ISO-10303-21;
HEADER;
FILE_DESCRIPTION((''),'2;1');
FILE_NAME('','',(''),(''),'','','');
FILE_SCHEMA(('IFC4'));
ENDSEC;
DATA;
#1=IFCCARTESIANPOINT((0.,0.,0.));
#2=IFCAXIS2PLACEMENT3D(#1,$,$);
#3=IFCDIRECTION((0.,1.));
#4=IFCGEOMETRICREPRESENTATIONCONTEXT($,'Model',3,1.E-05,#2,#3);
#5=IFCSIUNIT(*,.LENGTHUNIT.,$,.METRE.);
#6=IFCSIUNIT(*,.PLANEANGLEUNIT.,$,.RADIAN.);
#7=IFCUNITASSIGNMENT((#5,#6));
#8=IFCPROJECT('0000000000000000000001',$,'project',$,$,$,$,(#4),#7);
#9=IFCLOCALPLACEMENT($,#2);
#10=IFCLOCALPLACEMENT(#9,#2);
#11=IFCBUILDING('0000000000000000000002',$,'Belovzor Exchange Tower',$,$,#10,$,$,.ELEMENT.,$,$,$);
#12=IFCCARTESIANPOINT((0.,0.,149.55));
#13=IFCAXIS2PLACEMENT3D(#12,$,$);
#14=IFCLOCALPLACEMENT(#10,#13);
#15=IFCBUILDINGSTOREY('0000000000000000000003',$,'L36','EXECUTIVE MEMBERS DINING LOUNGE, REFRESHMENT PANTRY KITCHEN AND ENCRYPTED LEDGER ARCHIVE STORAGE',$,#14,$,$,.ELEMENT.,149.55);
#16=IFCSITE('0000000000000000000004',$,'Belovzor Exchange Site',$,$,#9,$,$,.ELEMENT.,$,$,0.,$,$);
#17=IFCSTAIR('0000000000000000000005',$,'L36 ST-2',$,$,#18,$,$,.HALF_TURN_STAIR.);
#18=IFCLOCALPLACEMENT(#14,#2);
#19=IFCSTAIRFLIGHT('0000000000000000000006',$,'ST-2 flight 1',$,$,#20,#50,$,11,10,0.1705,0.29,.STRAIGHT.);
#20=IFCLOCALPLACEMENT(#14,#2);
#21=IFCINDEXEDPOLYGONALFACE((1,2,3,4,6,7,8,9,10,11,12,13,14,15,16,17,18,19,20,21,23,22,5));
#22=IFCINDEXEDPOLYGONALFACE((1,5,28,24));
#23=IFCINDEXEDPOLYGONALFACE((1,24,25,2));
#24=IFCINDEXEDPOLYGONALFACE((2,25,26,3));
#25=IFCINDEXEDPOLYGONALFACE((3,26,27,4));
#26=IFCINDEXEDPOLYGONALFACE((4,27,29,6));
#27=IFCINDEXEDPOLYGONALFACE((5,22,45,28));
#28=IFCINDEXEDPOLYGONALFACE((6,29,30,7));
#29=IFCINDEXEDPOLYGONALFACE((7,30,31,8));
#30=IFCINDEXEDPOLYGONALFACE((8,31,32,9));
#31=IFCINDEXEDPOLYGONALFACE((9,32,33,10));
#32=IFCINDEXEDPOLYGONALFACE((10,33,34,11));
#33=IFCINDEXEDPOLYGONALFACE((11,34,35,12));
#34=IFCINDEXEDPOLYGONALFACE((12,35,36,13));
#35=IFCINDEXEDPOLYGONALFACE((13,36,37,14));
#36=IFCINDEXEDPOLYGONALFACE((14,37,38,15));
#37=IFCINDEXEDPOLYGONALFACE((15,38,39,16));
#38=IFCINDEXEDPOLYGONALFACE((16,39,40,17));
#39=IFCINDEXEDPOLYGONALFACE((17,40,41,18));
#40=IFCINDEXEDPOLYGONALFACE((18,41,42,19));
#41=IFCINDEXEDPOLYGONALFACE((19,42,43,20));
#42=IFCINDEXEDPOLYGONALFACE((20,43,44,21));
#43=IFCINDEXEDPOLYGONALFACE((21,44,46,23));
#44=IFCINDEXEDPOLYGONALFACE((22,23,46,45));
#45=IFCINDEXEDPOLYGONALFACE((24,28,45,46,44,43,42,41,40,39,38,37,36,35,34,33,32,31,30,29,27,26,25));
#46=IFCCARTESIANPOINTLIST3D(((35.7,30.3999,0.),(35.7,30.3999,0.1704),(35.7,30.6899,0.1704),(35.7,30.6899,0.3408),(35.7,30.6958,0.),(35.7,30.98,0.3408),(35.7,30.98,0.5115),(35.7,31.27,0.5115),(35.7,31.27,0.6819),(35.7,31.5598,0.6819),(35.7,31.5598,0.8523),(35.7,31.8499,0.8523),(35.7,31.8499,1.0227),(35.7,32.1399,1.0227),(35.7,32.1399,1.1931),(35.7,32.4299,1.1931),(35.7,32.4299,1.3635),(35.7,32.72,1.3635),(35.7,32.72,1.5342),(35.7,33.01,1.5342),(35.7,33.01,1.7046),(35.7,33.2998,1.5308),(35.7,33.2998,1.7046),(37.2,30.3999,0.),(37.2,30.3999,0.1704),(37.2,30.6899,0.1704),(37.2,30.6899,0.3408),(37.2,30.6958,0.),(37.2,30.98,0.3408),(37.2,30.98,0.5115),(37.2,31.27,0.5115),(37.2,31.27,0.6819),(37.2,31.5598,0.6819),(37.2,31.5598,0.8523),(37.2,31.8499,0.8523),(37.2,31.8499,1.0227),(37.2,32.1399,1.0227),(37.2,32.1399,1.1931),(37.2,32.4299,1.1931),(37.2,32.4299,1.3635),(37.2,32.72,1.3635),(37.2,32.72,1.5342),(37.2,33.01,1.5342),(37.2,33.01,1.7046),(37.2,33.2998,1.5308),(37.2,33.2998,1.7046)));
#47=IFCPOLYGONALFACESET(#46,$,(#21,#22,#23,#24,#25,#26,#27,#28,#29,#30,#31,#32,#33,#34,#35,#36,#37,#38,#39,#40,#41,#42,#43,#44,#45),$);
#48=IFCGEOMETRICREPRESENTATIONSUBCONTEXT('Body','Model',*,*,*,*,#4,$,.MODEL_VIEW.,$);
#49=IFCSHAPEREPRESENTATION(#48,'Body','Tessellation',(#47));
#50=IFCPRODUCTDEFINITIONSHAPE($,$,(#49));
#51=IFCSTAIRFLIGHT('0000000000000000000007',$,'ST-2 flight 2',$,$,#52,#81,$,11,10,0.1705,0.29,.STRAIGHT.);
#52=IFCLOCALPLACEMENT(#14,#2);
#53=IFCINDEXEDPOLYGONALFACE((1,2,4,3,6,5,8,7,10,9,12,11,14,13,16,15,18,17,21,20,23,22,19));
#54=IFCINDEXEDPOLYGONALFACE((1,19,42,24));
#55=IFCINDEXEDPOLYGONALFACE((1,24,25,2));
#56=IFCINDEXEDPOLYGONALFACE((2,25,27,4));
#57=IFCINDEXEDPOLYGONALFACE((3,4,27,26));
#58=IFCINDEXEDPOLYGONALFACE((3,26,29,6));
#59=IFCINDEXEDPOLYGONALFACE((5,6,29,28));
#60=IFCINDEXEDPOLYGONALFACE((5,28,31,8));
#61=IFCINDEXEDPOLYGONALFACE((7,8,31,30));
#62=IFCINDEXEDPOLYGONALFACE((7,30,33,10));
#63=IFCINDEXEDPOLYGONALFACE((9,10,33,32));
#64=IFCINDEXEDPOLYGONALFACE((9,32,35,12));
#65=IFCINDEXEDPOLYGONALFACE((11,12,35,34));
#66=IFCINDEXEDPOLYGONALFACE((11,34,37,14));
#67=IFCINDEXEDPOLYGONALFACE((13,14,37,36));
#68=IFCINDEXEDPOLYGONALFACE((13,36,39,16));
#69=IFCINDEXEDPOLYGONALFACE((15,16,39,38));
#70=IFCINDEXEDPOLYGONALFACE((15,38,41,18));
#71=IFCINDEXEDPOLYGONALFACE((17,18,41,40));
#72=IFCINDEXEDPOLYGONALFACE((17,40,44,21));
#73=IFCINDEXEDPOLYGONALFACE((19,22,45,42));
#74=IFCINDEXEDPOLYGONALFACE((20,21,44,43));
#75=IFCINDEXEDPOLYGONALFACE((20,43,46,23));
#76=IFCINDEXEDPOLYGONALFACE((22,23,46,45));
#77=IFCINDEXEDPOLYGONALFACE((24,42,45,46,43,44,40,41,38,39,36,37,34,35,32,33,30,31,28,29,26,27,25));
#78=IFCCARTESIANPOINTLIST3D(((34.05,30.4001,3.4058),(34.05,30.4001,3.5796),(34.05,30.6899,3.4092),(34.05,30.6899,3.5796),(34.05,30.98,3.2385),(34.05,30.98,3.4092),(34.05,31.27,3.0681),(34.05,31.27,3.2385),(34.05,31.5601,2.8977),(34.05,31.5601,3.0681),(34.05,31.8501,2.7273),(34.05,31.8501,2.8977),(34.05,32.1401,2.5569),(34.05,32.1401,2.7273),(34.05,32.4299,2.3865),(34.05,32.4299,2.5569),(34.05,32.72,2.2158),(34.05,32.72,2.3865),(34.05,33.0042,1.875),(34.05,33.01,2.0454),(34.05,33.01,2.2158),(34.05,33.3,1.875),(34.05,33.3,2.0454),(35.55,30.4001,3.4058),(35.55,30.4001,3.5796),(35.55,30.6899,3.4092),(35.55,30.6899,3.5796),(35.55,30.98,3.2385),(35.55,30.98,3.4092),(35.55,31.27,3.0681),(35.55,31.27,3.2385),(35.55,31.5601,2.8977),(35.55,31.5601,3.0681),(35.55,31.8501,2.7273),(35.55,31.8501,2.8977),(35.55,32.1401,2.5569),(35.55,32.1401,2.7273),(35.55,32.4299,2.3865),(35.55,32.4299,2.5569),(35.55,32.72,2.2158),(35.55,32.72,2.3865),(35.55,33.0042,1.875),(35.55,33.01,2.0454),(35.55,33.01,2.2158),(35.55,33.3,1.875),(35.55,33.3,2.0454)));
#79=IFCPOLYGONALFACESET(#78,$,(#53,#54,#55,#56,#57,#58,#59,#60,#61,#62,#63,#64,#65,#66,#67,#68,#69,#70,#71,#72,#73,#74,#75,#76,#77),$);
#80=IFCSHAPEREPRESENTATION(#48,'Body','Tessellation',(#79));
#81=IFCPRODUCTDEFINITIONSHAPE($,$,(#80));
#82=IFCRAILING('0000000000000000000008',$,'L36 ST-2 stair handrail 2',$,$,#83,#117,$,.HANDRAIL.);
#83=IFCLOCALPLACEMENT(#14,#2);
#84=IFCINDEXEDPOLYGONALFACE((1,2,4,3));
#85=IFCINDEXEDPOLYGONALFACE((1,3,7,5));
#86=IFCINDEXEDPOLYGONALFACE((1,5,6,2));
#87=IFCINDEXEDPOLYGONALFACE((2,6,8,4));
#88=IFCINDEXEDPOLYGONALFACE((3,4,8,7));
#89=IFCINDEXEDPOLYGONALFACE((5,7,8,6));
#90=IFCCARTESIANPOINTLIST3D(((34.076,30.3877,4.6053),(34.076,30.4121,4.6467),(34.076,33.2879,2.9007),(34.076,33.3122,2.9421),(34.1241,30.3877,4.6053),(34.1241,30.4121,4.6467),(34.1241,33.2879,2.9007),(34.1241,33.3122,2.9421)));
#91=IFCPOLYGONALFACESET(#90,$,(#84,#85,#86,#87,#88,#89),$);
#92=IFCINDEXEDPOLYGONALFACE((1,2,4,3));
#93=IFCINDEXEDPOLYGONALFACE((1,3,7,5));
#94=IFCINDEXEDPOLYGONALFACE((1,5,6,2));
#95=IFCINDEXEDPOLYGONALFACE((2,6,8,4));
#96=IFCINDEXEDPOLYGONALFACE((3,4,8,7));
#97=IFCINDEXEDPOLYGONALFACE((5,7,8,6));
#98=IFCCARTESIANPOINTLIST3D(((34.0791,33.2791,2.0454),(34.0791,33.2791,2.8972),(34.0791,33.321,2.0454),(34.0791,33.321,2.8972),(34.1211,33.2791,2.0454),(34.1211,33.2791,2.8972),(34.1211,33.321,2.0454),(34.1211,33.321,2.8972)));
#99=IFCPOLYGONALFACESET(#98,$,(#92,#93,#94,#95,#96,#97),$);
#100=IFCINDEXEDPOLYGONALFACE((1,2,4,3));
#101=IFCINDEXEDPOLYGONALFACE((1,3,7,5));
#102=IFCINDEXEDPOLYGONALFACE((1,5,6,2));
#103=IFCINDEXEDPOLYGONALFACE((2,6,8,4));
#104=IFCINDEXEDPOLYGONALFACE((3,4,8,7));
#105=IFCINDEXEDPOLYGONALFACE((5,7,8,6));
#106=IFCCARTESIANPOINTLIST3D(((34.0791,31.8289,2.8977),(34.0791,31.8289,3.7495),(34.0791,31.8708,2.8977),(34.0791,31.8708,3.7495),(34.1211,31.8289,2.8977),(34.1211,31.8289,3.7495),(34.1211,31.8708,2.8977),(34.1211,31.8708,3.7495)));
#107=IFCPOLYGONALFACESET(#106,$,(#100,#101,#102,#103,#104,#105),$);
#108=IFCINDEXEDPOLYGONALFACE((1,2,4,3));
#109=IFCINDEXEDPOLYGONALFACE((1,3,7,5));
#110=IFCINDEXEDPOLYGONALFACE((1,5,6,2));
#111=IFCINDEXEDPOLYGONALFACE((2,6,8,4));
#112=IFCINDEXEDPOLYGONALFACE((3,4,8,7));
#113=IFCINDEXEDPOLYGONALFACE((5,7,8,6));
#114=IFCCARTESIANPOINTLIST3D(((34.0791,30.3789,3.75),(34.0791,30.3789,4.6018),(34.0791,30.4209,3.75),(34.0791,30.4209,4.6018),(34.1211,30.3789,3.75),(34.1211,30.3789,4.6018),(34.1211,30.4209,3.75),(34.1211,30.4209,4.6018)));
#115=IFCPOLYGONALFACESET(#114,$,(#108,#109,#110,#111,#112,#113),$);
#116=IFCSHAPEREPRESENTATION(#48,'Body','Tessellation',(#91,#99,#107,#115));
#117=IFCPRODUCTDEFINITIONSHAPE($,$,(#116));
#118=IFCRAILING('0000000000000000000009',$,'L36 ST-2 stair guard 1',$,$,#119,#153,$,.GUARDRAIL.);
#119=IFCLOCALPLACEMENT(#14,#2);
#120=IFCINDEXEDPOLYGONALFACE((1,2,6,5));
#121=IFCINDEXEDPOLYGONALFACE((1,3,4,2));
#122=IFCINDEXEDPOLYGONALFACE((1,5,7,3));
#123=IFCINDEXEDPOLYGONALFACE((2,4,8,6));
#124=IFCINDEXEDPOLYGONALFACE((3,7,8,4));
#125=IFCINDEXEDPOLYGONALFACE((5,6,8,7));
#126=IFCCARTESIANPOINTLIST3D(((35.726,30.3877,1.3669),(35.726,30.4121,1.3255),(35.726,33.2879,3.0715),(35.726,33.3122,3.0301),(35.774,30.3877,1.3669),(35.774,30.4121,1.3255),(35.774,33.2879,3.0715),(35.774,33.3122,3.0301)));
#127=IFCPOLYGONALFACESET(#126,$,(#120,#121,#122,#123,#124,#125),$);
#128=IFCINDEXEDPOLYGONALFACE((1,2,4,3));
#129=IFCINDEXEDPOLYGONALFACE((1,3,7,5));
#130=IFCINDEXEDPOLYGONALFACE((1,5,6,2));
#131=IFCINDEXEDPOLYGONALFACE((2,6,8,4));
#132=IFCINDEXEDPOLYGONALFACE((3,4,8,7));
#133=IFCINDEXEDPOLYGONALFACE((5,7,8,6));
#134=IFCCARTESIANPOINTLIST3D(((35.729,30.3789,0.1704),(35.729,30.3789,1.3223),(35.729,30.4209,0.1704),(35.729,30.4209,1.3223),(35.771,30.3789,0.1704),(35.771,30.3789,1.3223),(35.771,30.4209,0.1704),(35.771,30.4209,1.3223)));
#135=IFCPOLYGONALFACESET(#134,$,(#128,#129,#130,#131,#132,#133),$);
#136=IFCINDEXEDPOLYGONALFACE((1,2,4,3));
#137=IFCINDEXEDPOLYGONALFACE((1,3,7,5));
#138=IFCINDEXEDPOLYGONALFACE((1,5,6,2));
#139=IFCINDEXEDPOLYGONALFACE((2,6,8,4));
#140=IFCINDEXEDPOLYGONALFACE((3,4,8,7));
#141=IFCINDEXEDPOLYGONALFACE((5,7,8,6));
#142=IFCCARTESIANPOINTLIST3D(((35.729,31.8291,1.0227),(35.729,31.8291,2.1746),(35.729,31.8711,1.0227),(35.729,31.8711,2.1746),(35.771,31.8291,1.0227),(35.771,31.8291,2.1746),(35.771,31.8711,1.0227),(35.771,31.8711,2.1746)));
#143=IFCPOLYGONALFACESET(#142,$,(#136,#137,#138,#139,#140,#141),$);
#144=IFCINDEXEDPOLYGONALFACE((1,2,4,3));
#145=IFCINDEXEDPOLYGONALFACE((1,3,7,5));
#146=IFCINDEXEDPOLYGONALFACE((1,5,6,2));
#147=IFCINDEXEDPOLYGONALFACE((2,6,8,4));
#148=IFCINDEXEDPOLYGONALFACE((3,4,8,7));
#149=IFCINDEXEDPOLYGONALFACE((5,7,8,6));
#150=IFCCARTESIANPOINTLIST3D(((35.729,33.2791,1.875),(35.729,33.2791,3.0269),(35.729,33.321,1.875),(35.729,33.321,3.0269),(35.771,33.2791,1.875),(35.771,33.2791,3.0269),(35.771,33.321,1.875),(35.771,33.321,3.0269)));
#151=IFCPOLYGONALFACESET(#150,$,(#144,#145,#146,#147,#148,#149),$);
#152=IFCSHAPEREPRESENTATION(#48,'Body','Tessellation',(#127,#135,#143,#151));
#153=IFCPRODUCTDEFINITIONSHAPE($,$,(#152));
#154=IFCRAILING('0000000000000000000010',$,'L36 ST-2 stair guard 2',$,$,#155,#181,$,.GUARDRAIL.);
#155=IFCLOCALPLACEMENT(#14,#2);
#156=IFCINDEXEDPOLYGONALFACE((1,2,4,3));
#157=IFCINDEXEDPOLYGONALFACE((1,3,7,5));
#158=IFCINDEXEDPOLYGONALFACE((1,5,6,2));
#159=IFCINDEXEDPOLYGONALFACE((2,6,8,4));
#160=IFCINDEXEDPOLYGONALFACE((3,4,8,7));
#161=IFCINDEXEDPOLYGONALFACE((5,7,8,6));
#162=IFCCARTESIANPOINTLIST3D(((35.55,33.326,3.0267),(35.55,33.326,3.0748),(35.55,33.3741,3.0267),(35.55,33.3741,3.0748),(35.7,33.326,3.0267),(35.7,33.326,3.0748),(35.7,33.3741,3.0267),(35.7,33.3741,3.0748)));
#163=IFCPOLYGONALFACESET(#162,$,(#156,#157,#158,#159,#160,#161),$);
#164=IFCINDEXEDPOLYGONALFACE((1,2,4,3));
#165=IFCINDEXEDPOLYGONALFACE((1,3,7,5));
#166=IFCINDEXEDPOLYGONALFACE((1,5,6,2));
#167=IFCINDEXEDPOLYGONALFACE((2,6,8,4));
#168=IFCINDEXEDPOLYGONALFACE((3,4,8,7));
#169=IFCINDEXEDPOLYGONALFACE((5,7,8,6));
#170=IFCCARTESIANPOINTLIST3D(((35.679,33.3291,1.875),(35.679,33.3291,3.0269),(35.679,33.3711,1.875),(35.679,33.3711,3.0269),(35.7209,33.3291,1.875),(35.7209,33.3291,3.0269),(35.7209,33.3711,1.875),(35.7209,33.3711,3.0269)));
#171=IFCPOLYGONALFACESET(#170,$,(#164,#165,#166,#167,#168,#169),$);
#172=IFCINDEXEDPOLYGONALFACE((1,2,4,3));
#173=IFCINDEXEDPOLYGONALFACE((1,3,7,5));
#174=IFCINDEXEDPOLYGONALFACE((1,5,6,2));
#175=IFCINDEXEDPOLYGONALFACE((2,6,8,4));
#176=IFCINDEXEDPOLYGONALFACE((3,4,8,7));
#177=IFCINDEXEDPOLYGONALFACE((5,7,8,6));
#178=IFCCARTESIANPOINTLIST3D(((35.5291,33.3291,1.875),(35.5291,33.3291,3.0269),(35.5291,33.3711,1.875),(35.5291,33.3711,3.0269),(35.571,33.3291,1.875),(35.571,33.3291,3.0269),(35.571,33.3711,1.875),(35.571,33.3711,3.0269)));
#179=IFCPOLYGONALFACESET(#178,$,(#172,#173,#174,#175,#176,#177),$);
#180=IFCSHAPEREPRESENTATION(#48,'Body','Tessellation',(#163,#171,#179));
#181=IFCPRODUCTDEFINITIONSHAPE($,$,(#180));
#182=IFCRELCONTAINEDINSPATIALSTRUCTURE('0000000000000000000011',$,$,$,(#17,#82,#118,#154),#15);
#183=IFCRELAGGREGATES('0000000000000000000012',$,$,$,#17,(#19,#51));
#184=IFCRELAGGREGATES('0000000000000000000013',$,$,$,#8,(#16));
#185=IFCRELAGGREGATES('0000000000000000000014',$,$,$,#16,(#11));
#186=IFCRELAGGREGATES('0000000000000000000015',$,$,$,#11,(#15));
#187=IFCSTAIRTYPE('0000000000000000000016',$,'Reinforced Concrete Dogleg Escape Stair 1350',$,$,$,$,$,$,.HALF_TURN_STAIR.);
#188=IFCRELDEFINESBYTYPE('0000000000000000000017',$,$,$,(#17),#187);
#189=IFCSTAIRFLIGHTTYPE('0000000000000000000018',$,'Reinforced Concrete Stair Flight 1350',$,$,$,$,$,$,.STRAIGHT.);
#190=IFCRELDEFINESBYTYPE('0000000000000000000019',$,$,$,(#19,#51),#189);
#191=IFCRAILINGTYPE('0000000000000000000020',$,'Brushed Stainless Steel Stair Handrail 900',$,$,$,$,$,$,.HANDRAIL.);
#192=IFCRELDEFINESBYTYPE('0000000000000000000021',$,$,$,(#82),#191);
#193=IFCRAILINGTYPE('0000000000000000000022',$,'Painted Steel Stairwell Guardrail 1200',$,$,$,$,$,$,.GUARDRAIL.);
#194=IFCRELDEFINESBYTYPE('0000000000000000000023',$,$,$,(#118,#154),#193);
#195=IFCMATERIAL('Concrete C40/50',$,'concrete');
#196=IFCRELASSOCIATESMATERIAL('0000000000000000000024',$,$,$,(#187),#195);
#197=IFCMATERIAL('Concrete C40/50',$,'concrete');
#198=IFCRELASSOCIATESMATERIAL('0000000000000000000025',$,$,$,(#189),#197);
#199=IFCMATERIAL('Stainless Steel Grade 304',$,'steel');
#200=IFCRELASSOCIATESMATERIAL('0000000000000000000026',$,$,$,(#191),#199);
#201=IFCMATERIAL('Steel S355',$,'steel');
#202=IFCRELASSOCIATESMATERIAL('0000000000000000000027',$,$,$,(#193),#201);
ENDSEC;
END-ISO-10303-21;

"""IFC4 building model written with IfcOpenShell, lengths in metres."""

from ifc_helpers import new_model, si_unit, direction, frame, origin, origin_2d, place, context, subcontext, project, spatial, polyline, rectangle, outline, extrude, material, type_object, element, aggregate, save


model = new_model("IFC4")

# Units and contexts
model_context = context("Model", 3, precision=1e-05, world=origin(), true_north=direction((0.0, 1.0)))
body_context = subcontext(model_context, "Body", "Model", "MODEL_VIEW")
ifc_project = project(units=[si_unit("LENGTHUNIT", "METRE"), si_unit("PLANEANGLEUNIT", "RADIAN")], contexts=[model_context])

# Site, building, storey
site_placement = place(None, origin())
site = spatial("IfcSite", under=ifc_project, at=site_placement, Name="Belovzor Exchange Site", CompositionType="ELEMENT", RefElevation=0.0)
building_placement = place(site_placement, origin())
building = spatial("IfcBuilding", under=site, at=building_placement, Name="Belovzor Exchange Tower", CompositionType="ELEMENT")
storey_placement = place(building_placement, frame((0.0, 0.0, 149.55)))
storey = spatial("IfcBuildingStorey", under=building, at=storey_placement, Name="L36", Description="EXECUTIVE MEMBERS DINING LOUNGE, REFRESHMENT PANTRY KITCHEN AND ENCRYPTED LEDGER ARCHIVE STORAGE", CompositionType="ELEMENT", Elevation=149.55)

# Stair, stair flights
ifc_material_1 = material(Name="Concrete C40/50", Category="concrete")
stair_type = type_object("IfcStairType", Name="Reinforced Concrete Dogleg Escape Stair 1350", PredefinedType="HALF_TURN_STAIR", material=ifc_material_1)
stair_placement = place(storey_placement, origin())
stair = element("IfcStair", 1, at=stair_placement, inside=storey, type_object=stair_type, Name="L36 ST-2", PredefinedType="HALF_TURN_STAIR")
ifc_material_2 = material(Name="Concrete C40/50", Category="concrete")
stair_flight_type = type_object("IfcStairFlightType", Name="Reinforced Concrete Stair Flight 1350", PredefinedType="STRAIGHT", material=ifc_material_2)
stair_flight_1_placement = place(storey_placement, frame((36.45, 30.3999, 0.0), z_axis=(0.0, 0.0, 1.0), x_axis=(0.0, 1.0, 0.0)))
stair_flight_1 = element("IfcStairFlight", 2, at=stair_flight_1_placement, type_object=stair_flight_type, Name="ST-2 flight 1", NumberOfRisers=11, NumberOfTreads=10, PredefinedType="STRAIGHT", RiserHeight=0.1705, TreadLength=0.29, context=body_context, shape_type="SweptSolid", body=[
    extrude(outline(polyline([(0.0, 0.0), (0.0, 0.1704), (0.29, 0.1704), (0.29, 0.3408), (0.5801, 0.3408), (0.5801, 0.5115), (0.8701, 0.5115), (0.8701, 0.6819), (1.1599, 0.6819), (1.1599, 0.8523), (1.45, 0.8523), (1.45, 1.0227), (1.74, 1.0227), (1.74, 1.1931), (2.03, 1.1931), (2.03, 1.3635), (2.3201, 1.3635), (2.3201, 1.5342), (2.6101, 1.5342), (2.6101, 1.7046), (2.8999, 1.7046), (2.8999, 1.875), (2.8999, 1.5308), (0.2959, 0.0), (0.0, 0.0)])), frame((0.0, 0.75, 0.0), z_axis=(0.0, -1.0, 0.0), x_axis=(1.0, 0.0, 0.0)), (0.0, 0.0, 1.0), 1.5),
])
stair_flight_2_placement = place(storey_placement, frame((34.8, 33.3, 1.875), z_axis=(0.0, 0.0, 1.0), x_axis=(0.0, -1.0, 0.0)))
stair_flight_2 = element("IfcStairFlight", 3, at=stair_flight_2_placement, type_object=stair_flight_type, Name="ST-2 flight 2", NumberOfRisers=11, NumberOfTreads=10, PredefinedType="STRAIGHT", RiserHeight=0.1705, TreadLength=0.29, context=body_context, shape_type="SweptSolid", body=[
    extrude(outline(polyline([(0.0, 0.0), (0.0, 0.1704), (0.29, 0.1704), (0.29, 0.3408), (0.5801, 0.3408), (0.5801, 0.5115), (0.8701, 0.5115), (0.8701, 0.6819), (1.1599, 0.6819), (1.1599, 0.8523), (1.45, 0.8523), (1.45, 1.0227), (1.74, 1.0227), (1.74, 1.1931), (2.03, 1.1931), (2.03, 1.3635), (2.3201, 1.3635), (2.3201, 1.5342), (2.6101, 1.5342), (2.6101, 1.7046), (2.8999, 1.7046), (2.8999, 1.875), (2.8999, 1.5308), (0.2959, 0.0), (0.0, 0.0)])), frame((0.0, 0.75, 0.0), z_axis=(0.0, -1.0, 0.0), x_axis=(1.0, 0.0, 0.0)), (0.0, 0.0, 1.0), 1.5),
])
aggregate(stair, [stair_flight_1, stair_flight_2])

# Railings
ifc_material_3 = material(Name="Stainless Steel Grade 304", Category="steel")
railing_type_1 = type_object("IfcRailingType", Name="Brushed Stainless Steel Stair Handrail 900", PredefinedType="HANDRAIL", material=ifc_material_3)
railing_1_placement = place(storey_placement, frame((34.1001, 33.3, 2.0454)))
element("IfcRailing", 4, at=railing_1_placement, inside=storey, type_object=railing_type_1, Name="L36 ST-2 stair handrail 2", PredefinedType="HANDRAIL", context=body_context, shape_type="SweptSolid", body=[
    extrude(rectangle(XDim=0.0481, YDim=0.0481, at=origin_2d()), frame((0.0, 0.0, 0.876), z_axis=(0.0, -0.862113, 0.506716), x_axis=(1.0, 0.0, 0.0)), (0.0, 0.0, 1.0), 3.364),
    extrude(rectangle(XDim=0.042, YDim=0.042, at=origin_2d()), origin(), (0.0, 0.0, 1.0), 0.8518),
    extrude(rectangle(XDim=0.042, YDim=0.042, at=origin_2d()), frame((0.0, -1.4502, 0.8523)), (0.0, 0.0, 1.0), 0.8518),
    extrude(rectangle(XDim=0.042, YDim=0.042, at=origin_2d()), frame((0.0, -2.9001, 1.7046)), (0.0, 0.0, 1.0), 0.8518),
])
ifc_material_4 = material(Name="Steel S355", Category="steel")
railing_type_2 = type_object("IfcRailingType", Name="Painted Steel Stairwell Guardrail 1200", PredefinedType="GUARDRAIL", material=ifc_material_4)
railing_2_placement = place(storey_placement, frame((35.75, 30.3999, 0.1704)))
element("IfcRailing", 5, at=railing_2_placement, inside=storey, type_object=railing_type_2, Name="L36 ST-2 stair guard 1", PredefinedType="GUARDRAIL", context=body_context, shape_type="SweptSolid", body=[
    extrude(rectangle(XDim=0.0481, YDim=0.0481, at=origin_2d()), frame((0.0, 0.0, 1.1758), z_axis=(0.0, 0.862113, 0.506716), x_axis=(-1.0, 0.0, 0.0)), (0.0, 0.0, 1.0), 3.364),
    extrude(rectangle(XDim=0.042, YDim=0.042, at=origin_2d()), origin(), (0.0, 0.0, 1.0), 1.1519),
    extrude(rectangle(XDim=0.042, YDim=0.042, at=origin_2d()), frame((0.0, 1.4502, 0.8523)), (0.0, 0.0, 1.0), 1.1519),
    extrude(rectangle(XDim=0.042, YDim=0.042, at=origin_2d()), frame((0.0, 2.9001, 1.7046)), (0.0, 0.0, 1.0), 1.1519),
])
railing_3_placement = place(storey_placement, frame((35.7, 33.3501, 1.875)))
element("IfcRailing", 6, at=railing_3_placement, inside=storey, type_object=railing_type_2, Name="L36 ST-2 stair guard 2", PredefinedType="GUARDRAIL", context=body_context, shape_type="SweptSolid", body=[
    extrude(rectangle(XDim=0.0481, YDim=0.0481, at=origin_2d()), frame((0.0, 0.0, 1.1758), z_axis=(-1.0, 0.0, 0.0), x_axis=(0.0, -1.0, 0.0)), (0.0, 0.0, 1.0), 0.1499),
    extrude(rectangle(XDim=0.042, YDim=0.042, at=origin_2d()), origin(), (0.0, 0.0, 1.0), 1.1519),
    extrude(rectangle(XDim=0.042, YDim=0.042, at=origin_2d()), frame((-0.1499, 0.0, 0.0)), (0.0, 0.0, 1.0), 1.1519),
])

save(model, "model.ifc")
